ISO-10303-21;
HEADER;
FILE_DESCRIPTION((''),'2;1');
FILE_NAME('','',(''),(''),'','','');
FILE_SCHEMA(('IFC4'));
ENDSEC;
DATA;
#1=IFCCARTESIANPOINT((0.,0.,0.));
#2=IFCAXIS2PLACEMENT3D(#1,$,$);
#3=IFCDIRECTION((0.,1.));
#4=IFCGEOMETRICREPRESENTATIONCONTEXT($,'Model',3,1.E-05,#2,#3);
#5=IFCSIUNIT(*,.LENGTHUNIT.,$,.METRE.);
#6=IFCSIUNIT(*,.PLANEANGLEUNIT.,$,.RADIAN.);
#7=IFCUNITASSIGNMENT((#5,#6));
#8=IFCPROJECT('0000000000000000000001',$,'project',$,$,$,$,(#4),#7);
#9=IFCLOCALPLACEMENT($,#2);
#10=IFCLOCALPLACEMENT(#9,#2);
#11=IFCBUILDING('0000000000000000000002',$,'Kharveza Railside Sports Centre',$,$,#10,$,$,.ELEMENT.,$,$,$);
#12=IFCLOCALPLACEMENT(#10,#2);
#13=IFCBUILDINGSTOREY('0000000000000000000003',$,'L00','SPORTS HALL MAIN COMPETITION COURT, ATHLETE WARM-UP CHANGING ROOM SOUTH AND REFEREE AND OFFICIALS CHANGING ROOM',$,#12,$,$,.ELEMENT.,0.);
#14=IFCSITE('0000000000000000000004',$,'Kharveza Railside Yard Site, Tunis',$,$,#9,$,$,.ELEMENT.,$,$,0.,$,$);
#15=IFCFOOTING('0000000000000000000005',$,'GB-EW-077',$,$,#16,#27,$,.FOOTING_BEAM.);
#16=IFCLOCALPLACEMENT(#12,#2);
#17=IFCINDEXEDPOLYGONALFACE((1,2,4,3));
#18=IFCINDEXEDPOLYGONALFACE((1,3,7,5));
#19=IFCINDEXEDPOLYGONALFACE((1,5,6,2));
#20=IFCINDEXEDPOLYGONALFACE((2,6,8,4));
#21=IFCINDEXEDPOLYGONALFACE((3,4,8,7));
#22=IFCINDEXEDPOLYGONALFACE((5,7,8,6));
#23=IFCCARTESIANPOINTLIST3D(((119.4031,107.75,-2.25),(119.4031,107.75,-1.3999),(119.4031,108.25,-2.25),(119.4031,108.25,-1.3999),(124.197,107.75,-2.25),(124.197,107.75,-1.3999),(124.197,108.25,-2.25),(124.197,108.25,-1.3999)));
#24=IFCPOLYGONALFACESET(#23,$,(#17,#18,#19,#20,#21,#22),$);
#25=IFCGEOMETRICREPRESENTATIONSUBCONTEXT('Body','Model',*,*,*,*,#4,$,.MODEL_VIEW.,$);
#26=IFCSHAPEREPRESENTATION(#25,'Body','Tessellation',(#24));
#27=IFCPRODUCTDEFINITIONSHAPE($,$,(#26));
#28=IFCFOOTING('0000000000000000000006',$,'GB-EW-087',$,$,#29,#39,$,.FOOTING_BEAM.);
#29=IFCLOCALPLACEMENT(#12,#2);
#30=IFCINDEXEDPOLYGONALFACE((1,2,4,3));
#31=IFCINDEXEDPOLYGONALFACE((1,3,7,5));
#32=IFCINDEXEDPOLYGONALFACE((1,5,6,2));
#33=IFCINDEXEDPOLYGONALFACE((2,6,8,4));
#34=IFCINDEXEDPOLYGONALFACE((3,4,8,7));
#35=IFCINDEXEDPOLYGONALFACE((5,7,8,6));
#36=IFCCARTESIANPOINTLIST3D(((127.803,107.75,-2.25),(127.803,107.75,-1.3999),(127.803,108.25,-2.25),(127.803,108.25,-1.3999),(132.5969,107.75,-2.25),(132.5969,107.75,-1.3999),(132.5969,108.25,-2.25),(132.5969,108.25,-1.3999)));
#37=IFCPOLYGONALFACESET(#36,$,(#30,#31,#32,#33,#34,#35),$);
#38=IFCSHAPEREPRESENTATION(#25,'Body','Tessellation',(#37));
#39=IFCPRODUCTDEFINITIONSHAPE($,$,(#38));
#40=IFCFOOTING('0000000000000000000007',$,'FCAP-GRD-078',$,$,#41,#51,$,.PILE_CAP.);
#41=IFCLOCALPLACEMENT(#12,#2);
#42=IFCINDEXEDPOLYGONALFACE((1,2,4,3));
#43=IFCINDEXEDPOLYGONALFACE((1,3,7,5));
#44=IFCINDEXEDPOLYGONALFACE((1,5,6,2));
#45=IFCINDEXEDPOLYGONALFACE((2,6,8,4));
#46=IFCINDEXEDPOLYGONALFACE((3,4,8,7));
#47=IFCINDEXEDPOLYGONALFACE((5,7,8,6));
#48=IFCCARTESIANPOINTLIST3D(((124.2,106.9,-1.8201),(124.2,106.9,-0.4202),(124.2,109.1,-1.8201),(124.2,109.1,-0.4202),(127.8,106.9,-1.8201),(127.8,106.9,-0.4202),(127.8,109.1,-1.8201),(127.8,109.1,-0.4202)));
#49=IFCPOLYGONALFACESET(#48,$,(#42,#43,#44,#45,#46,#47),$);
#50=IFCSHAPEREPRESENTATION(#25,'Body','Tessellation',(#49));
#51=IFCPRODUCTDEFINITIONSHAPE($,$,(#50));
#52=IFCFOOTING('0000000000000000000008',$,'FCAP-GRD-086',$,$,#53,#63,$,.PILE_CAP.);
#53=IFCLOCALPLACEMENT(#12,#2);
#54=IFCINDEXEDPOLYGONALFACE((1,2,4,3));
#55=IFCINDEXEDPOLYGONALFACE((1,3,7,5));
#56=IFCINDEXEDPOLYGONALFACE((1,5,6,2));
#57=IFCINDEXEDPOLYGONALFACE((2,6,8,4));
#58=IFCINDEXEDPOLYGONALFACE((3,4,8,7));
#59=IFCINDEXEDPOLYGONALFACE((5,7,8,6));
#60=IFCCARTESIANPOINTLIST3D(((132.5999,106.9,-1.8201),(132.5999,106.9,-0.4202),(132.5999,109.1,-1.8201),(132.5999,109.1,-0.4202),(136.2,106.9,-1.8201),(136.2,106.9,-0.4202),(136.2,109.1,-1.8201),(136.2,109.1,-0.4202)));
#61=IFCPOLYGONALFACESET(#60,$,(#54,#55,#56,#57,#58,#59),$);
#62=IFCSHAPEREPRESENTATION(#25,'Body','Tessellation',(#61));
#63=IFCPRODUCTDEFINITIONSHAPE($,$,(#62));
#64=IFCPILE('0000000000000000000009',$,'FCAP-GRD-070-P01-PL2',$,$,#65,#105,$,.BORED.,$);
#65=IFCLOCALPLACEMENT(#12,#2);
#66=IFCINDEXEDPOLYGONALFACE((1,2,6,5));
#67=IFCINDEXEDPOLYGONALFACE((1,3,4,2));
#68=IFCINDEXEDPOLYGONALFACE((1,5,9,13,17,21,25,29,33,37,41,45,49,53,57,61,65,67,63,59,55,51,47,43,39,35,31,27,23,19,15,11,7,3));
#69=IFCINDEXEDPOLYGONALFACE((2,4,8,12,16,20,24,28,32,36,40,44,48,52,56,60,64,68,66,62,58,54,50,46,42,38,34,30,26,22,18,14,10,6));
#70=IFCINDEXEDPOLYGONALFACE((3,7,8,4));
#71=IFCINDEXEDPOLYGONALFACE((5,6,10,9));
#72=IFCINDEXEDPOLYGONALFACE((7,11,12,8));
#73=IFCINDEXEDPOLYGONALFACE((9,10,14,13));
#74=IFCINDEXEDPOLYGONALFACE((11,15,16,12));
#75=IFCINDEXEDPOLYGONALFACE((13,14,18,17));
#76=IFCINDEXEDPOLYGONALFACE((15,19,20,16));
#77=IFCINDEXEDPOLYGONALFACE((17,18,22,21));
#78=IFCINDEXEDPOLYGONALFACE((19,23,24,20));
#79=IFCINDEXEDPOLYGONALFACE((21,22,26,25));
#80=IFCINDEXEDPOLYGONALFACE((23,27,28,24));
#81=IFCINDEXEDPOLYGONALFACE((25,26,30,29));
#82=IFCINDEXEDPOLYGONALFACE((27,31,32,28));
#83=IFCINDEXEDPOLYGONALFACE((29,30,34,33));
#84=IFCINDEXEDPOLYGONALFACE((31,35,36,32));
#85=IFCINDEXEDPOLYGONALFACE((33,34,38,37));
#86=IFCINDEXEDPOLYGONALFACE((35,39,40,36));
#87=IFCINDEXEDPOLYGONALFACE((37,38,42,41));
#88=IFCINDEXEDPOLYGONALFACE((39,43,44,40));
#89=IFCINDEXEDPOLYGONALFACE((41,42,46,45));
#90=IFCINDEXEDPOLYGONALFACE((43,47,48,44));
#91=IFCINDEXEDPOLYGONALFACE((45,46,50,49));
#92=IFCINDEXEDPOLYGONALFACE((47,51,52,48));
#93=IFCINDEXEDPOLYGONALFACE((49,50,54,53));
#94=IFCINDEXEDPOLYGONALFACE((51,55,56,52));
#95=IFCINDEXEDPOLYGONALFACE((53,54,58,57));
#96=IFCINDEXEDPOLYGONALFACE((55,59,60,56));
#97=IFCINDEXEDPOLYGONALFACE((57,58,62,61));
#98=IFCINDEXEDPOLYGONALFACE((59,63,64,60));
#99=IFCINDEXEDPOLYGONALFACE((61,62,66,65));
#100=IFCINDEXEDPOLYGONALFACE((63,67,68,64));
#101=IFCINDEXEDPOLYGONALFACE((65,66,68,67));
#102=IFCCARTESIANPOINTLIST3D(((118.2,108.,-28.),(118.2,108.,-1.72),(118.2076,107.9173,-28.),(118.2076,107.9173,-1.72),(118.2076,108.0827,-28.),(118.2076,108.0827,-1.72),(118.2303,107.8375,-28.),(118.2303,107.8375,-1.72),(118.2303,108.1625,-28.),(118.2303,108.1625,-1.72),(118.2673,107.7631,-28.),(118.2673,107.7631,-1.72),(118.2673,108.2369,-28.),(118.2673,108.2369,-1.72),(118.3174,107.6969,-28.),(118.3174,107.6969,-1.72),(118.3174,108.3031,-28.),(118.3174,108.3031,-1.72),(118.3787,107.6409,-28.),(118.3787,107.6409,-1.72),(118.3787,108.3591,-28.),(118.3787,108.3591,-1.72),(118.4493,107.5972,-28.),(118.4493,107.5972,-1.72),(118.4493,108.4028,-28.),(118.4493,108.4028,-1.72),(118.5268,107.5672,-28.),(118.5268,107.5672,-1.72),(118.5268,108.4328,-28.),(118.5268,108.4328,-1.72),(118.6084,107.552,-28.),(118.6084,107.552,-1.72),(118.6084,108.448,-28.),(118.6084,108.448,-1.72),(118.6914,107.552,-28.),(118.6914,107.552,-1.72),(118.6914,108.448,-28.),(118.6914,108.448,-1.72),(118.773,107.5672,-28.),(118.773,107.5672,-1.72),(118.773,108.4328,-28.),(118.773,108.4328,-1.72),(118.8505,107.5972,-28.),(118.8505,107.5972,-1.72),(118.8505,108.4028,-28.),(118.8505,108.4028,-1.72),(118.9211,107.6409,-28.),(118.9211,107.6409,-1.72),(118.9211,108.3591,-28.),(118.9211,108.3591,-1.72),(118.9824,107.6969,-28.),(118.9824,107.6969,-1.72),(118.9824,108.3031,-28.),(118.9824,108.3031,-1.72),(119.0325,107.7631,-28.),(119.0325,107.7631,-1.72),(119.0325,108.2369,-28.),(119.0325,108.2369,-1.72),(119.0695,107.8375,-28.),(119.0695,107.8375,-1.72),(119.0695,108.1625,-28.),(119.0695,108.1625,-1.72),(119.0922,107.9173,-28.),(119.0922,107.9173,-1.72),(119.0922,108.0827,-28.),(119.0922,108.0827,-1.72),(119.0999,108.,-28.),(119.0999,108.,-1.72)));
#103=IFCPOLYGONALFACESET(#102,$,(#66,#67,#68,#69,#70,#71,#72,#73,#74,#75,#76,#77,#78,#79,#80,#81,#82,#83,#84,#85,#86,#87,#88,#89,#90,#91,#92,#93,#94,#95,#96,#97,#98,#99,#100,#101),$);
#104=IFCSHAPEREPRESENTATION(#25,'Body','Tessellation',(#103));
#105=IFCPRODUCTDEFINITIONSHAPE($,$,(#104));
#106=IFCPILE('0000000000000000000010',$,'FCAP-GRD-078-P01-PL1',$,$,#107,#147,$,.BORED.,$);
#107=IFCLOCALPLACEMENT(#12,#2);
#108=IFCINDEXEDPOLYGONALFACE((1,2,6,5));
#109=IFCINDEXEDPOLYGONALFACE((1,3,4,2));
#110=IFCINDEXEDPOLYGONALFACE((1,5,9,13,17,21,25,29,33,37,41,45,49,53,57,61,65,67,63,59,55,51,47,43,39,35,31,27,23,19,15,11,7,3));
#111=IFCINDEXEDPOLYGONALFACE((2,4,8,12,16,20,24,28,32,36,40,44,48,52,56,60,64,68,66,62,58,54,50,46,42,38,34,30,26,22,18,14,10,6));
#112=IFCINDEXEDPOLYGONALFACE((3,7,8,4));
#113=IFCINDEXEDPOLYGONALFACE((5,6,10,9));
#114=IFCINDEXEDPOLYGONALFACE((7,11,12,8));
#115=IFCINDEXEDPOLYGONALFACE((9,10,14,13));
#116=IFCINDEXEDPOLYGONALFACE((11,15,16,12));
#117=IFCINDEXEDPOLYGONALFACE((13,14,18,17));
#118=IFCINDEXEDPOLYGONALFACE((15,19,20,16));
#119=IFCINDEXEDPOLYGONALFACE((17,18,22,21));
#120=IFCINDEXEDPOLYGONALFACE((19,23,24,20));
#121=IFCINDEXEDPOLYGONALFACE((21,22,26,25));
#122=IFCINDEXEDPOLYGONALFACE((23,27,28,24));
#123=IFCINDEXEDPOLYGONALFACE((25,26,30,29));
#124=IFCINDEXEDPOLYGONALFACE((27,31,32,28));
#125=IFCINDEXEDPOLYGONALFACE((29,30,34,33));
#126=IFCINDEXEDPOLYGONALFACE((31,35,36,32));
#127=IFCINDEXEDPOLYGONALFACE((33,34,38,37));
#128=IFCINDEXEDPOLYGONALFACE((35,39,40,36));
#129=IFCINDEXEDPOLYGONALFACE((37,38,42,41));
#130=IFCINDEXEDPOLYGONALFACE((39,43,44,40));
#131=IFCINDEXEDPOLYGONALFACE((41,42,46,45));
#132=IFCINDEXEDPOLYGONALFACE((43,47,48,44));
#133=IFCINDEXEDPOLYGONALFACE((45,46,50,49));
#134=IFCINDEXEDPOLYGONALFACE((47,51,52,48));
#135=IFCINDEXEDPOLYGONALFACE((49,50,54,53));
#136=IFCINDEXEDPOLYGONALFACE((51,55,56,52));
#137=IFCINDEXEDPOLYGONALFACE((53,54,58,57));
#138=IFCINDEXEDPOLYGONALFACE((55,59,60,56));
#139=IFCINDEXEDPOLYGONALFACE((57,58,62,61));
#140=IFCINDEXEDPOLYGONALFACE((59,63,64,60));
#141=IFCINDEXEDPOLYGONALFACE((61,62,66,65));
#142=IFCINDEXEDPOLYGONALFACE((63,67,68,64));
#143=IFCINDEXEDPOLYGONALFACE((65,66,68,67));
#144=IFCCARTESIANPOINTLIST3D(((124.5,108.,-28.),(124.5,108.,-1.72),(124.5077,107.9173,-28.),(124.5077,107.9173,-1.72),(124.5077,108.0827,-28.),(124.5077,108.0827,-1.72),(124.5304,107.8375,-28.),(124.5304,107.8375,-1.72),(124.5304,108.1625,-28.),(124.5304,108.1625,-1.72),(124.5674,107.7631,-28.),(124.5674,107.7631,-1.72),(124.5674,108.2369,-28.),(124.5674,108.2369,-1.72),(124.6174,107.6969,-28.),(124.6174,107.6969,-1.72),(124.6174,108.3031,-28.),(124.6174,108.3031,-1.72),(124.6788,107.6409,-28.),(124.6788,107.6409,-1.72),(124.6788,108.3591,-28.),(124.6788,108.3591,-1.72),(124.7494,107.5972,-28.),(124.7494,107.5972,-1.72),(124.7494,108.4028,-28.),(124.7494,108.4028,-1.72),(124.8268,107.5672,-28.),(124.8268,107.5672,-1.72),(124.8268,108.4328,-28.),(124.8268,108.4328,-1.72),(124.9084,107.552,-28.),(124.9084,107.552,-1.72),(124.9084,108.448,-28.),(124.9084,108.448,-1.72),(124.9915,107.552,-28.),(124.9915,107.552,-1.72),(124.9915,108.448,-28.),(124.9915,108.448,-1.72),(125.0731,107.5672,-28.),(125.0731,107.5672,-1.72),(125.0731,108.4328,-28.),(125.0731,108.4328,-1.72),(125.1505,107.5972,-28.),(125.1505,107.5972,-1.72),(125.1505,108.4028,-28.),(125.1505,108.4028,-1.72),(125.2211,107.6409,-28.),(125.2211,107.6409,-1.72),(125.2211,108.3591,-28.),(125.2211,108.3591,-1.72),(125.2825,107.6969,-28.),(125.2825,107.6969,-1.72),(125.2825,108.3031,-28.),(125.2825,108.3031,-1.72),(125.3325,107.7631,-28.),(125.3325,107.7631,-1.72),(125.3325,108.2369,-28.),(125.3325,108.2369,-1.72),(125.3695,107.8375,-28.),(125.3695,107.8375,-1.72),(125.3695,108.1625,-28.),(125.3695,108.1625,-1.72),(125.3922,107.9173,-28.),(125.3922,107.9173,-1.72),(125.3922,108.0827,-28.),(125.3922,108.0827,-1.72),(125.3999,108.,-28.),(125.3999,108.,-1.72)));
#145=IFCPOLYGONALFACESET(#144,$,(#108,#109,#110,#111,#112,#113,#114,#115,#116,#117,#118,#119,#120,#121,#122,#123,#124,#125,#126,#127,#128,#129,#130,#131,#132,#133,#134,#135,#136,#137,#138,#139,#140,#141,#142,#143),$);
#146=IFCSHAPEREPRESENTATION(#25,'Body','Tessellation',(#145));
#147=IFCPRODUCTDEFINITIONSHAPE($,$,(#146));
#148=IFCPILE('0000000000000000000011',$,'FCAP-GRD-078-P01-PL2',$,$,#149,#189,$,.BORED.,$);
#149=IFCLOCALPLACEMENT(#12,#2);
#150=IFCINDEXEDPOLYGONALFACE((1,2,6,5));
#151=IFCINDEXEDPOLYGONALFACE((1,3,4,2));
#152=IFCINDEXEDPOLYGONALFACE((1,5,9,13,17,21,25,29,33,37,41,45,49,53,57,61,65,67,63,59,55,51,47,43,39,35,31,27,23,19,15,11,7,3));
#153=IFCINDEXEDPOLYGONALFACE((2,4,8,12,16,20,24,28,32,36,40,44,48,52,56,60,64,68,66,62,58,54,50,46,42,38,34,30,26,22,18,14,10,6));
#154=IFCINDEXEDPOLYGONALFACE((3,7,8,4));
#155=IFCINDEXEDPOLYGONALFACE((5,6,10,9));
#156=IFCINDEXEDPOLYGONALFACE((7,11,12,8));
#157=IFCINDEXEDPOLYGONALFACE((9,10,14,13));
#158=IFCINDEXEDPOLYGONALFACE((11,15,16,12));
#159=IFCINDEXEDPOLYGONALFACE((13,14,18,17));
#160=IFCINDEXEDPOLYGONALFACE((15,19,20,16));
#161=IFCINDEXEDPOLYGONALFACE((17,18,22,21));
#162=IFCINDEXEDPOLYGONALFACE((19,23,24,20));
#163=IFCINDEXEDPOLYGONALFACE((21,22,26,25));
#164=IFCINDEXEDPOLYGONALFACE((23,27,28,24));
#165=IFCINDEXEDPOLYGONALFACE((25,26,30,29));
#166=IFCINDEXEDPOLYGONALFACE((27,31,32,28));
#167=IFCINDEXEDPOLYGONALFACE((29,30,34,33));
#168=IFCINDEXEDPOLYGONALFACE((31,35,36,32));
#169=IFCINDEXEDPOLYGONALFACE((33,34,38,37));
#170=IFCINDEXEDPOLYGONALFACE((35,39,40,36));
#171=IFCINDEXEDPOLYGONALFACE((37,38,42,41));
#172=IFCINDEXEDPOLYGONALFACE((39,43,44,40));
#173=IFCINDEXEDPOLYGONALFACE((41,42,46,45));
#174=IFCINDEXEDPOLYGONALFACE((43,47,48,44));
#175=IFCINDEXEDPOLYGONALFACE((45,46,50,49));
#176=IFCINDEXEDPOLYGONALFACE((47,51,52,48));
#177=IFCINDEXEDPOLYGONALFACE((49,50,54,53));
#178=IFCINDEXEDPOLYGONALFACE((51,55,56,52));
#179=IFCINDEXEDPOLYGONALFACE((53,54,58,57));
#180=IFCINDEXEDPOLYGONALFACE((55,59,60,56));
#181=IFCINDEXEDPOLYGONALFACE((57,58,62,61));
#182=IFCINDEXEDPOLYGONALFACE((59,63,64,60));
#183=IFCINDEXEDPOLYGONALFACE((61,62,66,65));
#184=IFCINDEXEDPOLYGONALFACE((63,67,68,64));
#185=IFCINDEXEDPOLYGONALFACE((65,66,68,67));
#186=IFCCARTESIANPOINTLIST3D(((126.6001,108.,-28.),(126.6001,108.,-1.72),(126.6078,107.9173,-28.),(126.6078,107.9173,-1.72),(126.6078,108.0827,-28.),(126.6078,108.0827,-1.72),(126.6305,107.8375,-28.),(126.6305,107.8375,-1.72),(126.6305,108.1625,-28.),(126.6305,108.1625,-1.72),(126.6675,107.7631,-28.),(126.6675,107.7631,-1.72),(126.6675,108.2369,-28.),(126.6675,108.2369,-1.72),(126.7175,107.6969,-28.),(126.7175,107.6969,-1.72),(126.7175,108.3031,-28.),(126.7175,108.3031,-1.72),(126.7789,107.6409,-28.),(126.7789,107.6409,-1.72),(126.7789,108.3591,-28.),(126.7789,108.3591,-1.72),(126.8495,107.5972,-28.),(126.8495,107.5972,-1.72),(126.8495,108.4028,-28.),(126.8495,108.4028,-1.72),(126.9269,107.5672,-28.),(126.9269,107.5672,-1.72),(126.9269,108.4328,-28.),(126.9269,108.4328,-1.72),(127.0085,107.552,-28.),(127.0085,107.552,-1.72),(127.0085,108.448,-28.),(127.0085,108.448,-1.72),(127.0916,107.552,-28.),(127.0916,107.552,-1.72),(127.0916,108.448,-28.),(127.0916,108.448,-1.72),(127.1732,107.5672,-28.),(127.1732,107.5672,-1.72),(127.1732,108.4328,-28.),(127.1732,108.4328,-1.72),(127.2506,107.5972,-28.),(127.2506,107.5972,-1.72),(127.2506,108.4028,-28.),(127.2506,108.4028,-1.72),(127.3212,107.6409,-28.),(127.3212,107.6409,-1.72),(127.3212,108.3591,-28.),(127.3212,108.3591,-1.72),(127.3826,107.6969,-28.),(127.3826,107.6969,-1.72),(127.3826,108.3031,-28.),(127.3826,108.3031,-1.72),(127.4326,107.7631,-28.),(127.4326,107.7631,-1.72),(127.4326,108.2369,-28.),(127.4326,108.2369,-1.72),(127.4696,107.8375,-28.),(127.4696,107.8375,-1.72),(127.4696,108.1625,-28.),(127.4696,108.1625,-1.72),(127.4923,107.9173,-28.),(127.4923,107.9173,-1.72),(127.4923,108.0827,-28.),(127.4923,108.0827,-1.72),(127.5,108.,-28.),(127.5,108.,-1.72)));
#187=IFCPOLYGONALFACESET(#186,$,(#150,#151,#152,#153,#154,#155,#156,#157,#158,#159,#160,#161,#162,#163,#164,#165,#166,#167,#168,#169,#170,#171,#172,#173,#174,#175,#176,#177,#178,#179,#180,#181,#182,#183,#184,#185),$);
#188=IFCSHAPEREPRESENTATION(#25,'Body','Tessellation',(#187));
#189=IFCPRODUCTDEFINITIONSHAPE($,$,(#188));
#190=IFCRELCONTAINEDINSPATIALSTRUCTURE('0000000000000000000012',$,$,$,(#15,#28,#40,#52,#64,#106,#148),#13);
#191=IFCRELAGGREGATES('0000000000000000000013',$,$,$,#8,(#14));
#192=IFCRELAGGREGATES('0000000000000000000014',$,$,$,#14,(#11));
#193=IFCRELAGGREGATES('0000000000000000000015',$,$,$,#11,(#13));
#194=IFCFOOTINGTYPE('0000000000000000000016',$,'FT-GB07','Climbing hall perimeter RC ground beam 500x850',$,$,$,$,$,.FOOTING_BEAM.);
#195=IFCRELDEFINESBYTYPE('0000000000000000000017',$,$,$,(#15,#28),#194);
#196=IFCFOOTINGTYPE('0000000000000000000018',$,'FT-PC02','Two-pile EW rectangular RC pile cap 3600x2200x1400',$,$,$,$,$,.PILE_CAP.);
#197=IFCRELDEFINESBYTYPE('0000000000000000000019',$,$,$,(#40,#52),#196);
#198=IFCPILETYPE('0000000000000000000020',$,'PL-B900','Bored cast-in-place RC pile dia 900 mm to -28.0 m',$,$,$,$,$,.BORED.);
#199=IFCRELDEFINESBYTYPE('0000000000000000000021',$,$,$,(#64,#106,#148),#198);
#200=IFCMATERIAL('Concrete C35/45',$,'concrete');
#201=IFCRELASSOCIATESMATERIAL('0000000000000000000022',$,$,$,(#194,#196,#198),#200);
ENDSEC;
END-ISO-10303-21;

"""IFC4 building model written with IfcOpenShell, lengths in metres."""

from ifc_helpers import new_model, si_unit, direction, frame, origin, origin_2d, place, context, subcontext, project, spatial, rectangle, circle, extrude, material, material_profile, profile_set, type_object, element, save


model = new_model("IFC4")

# Units and contexts
model_context = context("Model", 3, precision=1e-05, world=origin(), true_north=direction((0.0, 1.0)))
body_context = subcontext(model_context, "Body", "Model", "MODEL_VIEW")
ifc_project = project(units=[si_unit("LENGTHUNIT", "METRE"), si_unit("PLANEANGLEUNIT", "RADIAN")], contexts=[model_context])

# Site, building, storey
site_placement = place(None, origin())
site = spatial("IfcSite", under=ifc_project, at=site_placement, Name="Kharveza Railside Yard Site, Tunis", CompositionType="ELEMENT", RefElevation=0.0)
building_placement = place(site_placement, origin())
building = spatial("IfcBuilding", under=site, at=building_placement, Name="Kharveza Railside Sports Centre", CompositionType="ELEMENT")
storey_placement = place(building_placement, origin())
storey = spatial("IfcBuildingStorey", under=building, at=storey_placement, Name="L00", Description="SPORTS HALL MAIN COMPETITION COURT, ATHLETE WARM-UP CHANGING ROOM SOUTH AND REFEREE AND OFFICIALS CHANGING ROOM", CompositionType="ELEMENT", Elevation=0.0)

# Footings
ifc_material_1 = material(Name="Concrete C35/45", Category="concrete")
ifc_material_profile_1 = material_profile(ifc_material_1, rectangle(XDim=0.5, YDim=0.8501, at=origin_2d()), Name="GB 500x850")
ifc_profile_set_1 = profile_set([ifc_material_profile_1], Name="Concrete C35/45")
footing_type_1 = type_object("IfcFootingType", Name="FT-GB07", Description="Climbing hall perimeter RC ground beam 500x850", PredefinedType="FOOTING_BEAM", material=ifc_profile_set_1)
for number, where, z_axis, x_axis, name in (
    (1, (119.4031, 108.0, -1.825), (1.0, 0.0, 0.0), (0.0, 1.0, 0.0), "GB-EW-077"),
    (2, (127.803, 108.0, -1.825), (1.0, 0.0, 0.0), (0.0, 1.0, 0.0), "GB-EW-087"),
):
    element("IfcFooting", number, at=place(storey_placement, frame(where, z_axis=z_axis, x_axis=x_axis)), inside=storey, type_object=footing_type_1, Name=name, PredefinedType="FOOTING_BEAM", context=body_context, shape_type="SweptSolid", body=[
        extrude(rectangle(XDim=0.5, YDim=0.8501, at=origin_2d()), origin(), (0.0, 0.0, 1.0), 4.7939),
    ])
footing_type_2 = type_object("IfcFootingType", Name="FT-PC02", Description="Two-pile EW rectangular RC pile cap 3600x2200x1400", PredefinedType="PILE_CAP", material=ifc_material_1)
for number, where, z_axis, x_axis, name in (
    (3, (126.0, 108.0, -1.8201), (0.0, 0.0, 1.0), (1.0, 0.0, 0.0), "FCAP-GRD-078"),
    (4, (134.3999, 108.0, -1.8201), (0.0, 0.0, 1.0), (1.0, 0.0, 0.0), "FCAP-GRD-086"),
):
    element("IfcFooting", number, at=place(storey_placement, frame(where, z_axis=z_axis, x_axis=x_axis)), inside=storey, type_object=footing_type_2, Name=name, PredefinedType="PILE_CAP", context=body_context, shape_type="SweptSolid", body=[
        extrude(rectangle(XDim=3.6001, YDim=2.2, at=origin_2d()), origin(), (0.0, 0.0, 1.0), 1.3999),
    ])

# Piles
ifc_material_profile_2 = material_profile(ifc_material_1, circle(Radius=0.45, at=origin_2d()), Name="PILE D900")
ifc_profile_set_2 = profile_set([ifc_material_profile_2], Name="Concrete C35/45")
pile_type = type_object("IfcPileType", Name="PL-B900", Description="Bored cast-in-place RC pile dia 900 mm to -28.0 m", PredefinedType="BORED", material=ifc_profile_set_2)
for number, where, z_axis, x_axis, name in (
    (5, (118.6499, 108.0, -1.72), (0.0, 0.0, -1.0), (1.0, 0.0, 0.0), "FCAP-GRD-070-P01-PL2"),
    (6, (124.95, 108.0, -1.72), (0.0, 0.0, -1.0), (1.0, 0.0, 0.0), "FCAP-GRD-078-P01-PL1"),
    (7, (127.05, 108.0, -1.72), (0.0, 0.0, -1.0), (1.0, 0.0, 0.0), "FCAP-GRD-078-P01-PL2"),
):
    element("IfcPile", number, at=place(storey_placement, frame(where, z_axis=z_axis, x_axis=x_axis)), inside=storey, type_object=pile_type, Name=name, PredefinedType="BORED", context=body_context, shape_type="SweptSolid", body=[
        extrude(circle(Radius=0.45, at=origin_2d()), origin(), (0.0, 0.0, 1.0), 26.28),
    ])

save(model, "model.ifc")
